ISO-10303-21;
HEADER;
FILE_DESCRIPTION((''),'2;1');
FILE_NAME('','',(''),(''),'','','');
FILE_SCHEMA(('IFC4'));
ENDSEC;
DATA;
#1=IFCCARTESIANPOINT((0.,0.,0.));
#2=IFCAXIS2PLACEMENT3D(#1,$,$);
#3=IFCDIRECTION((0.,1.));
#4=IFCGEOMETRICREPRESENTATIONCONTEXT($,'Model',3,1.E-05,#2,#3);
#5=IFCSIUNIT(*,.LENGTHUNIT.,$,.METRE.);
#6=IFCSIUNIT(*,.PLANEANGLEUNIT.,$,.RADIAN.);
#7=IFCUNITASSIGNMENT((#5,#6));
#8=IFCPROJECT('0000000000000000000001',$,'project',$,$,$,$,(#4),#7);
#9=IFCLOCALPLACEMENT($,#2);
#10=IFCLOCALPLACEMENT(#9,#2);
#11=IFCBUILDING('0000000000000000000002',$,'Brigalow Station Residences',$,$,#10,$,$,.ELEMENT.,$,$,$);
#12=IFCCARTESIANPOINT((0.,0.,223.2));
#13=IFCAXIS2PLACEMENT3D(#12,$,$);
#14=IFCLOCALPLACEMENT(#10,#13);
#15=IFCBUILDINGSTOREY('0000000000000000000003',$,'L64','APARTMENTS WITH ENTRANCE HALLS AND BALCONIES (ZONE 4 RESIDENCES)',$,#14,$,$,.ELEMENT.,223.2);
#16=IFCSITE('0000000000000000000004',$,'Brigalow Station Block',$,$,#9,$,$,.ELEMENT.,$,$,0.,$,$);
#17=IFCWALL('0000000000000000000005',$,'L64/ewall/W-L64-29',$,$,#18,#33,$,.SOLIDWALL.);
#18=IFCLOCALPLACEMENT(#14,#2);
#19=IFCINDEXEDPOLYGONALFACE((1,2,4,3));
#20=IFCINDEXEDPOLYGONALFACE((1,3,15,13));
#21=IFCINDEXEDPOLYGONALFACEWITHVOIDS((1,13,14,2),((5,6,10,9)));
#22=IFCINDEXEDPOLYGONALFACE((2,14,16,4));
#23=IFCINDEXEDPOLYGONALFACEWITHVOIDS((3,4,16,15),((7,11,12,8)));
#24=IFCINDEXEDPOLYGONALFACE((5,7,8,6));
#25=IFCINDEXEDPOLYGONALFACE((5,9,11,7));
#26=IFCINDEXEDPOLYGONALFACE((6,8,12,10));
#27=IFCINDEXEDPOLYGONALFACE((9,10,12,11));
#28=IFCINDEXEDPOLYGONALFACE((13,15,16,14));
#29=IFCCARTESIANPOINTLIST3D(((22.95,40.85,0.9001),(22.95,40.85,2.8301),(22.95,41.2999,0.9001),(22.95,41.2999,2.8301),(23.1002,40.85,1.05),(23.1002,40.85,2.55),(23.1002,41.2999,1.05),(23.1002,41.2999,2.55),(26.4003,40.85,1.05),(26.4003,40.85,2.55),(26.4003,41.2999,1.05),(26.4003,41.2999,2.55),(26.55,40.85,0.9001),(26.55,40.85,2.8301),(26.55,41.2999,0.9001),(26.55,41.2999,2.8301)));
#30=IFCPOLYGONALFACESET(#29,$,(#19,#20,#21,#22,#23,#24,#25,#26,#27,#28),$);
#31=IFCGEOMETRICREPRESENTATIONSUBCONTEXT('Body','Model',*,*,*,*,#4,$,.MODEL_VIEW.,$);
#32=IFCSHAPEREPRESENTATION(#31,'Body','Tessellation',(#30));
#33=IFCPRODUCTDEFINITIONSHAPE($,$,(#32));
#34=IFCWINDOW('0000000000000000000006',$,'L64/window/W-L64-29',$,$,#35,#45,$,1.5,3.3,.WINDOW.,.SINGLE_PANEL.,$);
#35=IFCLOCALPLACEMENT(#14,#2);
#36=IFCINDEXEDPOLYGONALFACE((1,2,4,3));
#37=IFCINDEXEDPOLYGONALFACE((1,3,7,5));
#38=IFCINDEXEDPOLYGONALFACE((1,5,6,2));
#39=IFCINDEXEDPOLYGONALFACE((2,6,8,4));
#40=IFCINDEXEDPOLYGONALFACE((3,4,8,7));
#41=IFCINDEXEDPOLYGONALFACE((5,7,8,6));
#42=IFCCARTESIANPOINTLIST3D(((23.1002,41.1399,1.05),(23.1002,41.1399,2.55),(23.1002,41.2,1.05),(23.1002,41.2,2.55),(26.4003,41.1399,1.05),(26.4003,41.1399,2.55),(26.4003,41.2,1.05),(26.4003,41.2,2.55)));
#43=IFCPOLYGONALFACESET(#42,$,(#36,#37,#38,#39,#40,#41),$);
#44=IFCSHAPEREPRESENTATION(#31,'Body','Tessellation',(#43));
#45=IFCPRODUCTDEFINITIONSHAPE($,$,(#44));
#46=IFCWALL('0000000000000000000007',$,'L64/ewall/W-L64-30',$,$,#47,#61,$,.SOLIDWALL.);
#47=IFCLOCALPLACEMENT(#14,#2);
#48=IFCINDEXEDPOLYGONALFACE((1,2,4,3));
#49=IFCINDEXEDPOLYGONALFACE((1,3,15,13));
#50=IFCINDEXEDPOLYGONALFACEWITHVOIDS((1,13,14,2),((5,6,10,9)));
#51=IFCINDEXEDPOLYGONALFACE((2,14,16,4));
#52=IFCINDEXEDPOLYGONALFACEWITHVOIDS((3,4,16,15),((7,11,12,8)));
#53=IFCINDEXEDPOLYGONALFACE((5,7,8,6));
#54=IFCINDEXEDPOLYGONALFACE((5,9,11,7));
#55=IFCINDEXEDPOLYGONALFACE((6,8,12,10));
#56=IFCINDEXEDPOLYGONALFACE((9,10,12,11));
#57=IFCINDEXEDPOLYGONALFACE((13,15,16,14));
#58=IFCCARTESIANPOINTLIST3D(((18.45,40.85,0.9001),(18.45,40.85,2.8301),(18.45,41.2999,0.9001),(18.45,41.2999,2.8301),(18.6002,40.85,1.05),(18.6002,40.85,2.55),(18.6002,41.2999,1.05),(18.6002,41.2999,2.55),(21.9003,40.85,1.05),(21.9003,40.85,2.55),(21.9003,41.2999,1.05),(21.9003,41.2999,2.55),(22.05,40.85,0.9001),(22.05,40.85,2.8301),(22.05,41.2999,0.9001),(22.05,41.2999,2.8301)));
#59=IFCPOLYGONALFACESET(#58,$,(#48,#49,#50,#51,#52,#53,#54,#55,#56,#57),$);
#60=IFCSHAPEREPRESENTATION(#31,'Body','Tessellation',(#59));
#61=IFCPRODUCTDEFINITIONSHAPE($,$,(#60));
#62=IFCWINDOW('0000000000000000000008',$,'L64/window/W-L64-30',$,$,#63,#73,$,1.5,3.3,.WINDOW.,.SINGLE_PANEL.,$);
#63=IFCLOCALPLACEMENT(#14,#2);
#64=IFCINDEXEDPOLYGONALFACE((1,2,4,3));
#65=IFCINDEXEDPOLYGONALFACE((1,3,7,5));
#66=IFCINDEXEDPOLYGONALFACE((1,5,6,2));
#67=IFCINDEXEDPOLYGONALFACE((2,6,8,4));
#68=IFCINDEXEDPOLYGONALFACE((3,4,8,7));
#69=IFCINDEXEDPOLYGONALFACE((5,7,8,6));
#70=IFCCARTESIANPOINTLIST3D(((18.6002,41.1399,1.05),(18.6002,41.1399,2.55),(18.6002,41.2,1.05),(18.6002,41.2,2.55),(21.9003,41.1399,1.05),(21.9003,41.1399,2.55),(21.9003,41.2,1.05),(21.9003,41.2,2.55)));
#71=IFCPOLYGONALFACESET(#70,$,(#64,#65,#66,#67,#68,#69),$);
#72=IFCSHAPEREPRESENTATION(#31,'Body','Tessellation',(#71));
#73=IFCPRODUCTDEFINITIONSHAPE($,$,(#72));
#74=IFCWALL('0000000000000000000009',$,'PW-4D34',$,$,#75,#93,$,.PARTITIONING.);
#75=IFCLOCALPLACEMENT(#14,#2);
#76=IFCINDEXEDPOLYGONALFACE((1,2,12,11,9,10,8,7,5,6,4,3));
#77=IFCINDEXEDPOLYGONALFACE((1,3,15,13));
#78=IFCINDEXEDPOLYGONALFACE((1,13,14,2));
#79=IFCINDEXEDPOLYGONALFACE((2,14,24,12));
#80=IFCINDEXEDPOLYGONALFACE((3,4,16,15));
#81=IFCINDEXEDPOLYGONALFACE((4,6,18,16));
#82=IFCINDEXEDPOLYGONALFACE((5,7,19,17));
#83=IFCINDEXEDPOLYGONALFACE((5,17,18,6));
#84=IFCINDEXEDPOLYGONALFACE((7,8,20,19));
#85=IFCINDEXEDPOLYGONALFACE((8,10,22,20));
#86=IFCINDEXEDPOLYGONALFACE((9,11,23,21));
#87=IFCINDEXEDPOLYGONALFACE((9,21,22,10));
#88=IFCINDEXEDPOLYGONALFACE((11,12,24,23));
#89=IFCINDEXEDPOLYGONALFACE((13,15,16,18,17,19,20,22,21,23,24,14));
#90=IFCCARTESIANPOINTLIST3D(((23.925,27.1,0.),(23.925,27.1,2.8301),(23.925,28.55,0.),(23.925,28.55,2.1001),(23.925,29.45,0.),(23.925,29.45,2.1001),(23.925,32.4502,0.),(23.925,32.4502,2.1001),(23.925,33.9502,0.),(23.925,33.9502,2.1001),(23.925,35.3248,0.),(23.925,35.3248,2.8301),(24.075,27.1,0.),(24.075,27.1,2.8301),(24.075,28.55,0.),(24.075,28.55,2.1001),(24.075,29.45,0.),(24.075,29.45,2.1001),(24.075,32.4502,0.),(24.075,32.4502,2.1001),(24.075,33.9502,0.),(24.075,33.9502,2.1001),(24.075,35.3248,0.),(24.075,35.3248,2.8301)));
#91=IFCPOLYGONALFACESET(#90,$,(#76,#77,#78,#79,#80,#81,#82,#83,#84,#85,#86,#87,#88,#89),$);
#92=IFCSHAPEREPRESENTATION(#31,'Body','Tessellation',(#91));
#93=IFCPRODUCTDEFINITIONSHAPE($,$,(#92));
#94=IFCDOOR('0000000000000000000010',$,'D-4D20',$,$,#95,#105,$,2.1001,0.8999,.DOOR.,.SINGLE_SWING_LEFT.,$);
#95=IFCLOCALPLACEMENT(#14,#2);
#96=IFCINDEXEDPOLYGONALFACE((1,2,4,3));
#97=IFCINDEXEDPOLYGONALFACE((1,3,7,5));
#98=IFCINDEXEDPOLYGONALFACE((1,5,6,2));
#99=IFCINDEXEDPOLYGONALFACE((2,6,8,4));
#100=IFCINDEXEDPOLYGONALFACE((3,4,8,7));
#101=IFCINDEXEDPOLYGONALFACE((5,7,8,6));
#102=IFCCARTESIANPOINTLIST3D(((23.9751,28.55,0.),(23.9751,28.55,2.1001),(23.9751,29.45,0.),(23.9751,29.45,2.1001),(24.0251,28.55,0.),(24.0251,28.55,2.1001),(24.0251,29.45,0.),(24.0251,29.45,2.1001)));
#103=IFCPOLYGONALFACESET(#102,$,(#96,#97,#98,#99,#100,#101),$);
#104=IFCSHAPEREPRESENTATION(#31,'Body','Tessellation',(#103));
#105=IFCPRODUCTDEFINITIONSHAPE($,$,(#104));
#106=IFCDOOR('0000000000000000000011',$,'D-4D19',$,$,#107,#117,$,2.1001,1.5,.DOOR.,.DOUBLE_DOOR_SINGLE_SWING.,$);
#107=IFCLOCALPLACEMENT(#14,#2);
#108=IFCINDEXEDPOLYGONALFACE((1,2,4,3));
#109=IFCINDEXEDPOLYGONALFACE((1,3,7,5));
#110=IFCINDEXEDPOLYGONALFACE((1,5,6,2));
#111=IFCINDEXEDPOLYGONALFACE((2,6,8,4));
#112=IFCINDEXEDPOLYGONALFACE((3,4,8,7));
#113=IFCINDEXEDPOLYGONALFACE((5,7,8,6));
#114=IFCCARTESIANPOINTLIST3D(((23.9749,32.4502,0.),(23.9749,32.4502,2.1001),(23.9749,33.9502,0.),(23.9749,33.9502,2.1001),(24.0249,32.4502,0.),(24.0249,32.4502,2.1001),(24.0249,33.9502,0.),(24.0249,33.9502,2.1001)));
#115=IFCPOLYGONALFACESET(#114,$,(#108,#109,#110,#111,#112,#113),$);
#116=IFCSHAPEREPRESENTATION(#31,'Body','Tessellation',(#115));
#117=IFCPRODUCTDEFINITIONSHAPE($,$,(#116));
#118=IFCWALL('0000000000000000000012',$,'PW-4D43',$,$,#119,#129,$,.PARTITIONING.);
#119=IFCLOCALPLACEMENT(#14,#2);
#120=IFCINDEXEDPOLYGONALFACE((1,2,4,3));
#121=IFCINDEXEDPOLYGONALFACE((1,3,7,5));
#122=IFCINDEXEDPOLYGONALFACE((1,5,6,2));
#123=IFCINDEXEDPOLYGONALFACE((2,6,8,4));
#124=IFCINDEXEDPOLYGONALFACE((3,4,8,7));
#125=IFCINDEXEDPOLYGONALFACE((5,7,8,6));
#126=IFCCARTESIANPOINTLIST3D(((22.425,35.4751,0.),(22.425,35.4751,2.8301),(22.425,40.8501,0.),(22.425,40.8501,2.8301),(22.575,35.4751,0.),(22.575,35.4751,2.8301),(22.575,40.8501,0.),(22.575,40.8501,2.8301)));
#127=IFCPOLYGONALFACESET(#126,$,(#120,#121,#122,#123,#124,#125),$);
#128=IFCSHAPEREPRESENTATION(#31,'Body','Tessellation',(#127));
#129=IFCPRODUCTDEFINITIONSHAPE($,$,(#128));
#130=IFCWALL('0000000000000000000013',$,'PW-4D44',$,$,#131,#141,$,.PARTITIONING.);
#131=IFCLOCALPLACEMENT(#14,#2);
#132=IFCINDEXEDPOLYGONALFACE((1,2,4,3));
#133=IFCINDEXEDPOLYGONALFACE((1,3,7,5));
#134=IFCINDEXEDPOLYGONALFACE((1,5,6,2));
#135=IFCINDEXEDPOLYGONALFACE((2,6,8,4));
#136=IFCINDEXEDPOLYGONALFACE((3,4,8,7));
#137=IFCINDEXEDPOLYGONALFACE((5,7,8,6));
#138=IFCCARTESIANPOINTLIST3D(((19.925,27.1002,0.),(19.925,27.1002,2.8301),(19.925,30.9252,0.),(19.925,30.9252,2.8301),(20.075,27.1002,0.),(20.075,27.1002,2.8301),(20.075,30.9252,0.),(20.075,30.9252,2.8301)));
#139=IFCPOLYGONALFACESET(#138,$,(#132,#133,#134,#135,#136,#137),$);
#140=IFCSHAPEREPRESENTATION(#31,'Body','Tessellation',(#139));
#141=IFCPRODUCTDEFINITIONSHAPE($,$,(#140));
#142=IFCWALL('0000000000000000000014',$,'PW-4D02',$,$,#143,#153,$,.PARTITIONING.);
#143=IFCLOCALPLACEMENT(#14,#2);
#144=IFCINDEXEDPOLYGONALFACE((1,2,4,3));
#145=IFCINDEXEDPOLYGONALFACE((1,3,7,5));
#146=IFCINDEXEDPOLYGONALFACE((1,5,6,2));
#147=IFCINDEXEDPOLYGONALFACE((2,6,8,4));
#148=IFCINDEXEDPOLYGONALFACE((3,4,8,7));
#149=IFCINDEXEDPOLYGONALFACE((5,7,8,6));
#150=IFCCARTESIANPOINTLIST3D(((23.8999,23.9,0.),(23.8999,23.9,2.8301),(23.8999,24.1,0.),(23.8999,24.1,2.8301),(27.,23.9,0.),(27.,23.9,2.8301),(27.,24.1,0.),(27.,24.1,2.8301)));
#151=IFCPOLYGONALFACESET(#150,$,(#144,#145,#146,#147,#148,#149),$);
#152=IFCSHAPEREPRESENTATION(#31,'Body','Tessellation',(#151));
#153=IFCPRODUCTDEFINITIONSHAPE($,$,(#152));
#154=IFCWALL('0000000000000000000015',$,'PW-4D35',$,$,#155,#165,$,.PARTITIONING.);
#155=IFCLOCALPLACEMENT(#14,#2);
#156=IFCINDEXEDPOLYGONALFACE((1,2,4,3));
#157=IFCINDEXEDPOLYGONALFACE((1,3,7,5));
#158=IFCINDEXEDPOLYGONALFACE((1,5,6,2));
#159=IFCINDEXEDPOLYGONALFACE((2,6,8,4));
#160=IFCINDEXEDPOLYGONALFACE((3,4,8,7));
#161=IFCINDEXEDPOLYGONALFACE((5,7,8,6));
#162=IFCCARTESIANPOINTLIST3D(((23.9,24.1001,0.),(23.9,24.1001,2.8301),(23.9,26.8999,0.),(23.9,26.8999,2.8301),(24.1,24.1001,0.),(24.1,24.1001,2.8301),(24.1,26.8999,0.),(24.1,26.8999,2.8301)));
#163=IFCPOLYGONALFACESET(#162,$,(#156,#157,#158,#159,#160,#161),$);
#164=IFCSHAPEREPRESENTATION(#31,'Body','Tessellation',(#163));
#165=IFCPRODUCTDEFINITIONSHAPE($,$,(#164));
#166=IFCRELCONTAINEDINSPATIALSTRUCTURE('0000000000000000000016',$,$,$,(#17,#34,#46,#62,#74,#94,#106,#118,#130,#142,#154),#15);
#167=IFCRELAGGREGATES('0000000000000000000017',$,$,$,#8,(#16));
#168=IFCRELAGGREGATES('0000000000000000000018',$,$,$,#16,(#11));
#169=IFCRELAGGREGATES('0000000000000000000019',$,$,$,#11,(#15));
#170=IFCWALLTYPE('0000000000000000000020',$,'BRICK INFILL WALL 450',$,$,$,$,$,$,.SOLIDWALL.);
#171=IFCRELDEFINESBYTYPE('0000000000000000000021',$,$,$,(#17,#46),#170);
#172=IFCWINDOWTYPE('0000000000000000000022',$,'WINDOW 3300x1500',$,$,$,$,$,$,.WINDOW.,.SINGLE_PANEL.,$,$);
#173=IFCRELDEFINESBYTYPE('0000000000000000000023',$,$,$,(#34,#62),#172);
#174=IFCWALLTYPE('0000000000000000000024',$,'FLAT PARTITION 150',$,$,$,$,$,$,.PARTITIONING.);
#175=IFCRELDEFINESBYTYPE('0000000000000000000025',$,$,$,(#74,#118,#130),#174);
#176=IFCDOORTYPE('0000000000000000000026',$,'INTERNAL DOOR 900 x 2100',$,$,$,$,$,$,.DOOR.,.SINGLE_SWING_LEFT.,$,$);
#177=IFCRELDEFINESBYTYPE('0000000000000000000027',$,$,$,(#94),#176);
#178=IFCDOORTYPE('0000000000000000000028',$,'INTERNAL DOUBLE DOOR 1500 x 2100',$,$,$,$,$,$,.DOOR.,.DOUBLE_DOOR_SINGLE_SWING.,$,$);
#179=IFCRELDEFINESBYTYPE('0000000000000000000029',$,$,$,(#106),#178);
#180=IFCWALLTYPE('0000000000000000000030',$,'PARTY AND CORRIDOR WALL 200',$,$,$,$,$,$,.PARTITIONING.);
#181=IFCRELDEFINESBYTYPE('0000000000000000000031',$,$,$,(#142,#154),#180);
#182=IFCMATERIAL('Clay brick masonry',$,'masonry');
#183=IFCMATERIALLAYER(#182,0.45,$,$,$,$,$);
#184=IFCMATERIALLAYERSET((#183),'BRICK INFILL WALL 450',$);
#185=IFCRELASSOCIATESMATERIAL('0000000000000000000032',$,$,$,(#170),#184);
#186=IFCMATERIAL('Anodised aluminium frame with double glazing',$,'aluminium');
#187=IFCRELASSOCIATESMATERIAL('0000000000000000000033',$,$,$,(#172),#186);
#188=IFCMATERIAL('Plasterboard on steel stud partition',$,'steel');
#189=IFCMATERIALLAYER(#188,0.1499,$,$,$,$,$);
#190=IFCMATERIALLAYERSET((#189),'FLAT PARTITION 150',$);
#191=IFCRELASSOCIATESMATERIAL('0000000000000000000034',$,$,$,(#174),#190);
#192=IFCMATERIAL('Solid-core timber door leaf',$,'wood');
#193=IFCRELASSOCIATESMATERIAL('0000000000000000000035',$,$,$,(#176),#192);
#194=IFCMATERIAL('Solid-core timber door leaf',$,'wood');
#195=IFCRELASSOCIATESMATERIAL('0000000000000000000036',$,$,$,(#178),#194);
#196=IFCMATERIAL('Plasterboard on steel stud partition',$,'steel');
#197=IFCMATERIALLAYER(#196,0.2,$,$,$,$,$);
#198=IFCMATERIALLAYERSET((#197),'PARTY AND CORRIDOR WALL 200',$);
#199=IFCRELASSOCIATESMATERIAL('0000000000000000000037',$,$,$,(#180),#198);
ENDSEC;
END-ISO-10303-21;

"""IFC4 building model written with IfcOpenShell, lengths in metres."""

from ifc_helpers import new_model, si_unit, direction, frame, frame_2d, origin, place, context, subcontext, project, spatial, rectangle, extrude, material, layer, layer_set, type_object, element, fill, save


model = new_model("IFC4")

# Units and contexts
model_context = context("Model", 3, precision=1e-05, world=origin(), true_north=direction((0.0, 1.0)))
body_context = subcontext(model_context, "Body", "Model", "MODEL_VIEW")
ifc_project = project(units=[si_unit("LENGTHUNIT", "METRE"), si_unit("PLANEANGLEUNIT", "RADIAN")], contexts=[model_context])

# Site, building, storey
site_placement = place(None, origin())
site = spatial("IfcSite", under=ifc_project, at=site_placement, Name="Brigalow Station Block", CompositionType="ELEMENT", RefElevation=0.0)
building_placement = place(site_placement, origin())
building = spatial("IfcBuilding", under=site, at=building_placement, Name="Brigalow Station Residences", CompositionType="ELEMENT")
storey_placement = place(building_placement, frame((0.0, 0.0, 223.2)))
storey = spatial("IfcBuildingStorey", under=building, at=storey_placement, Name="L64", Description="APARTMENTS WITH ENTRANCE HALLS AND BALCONIES (ZONE 4 RESIDENCES)", CompositionType="ELEMENT", Elevation=223.2)

# Walls, openings, windows
ifc_material_1 = material(Name="Clay brick masonry", Category="masonry")
ifc_layer_1 = layer(ifc_material_1, 0.45)
ifc_layer_set_1 = layer_set([ifc_layer_1], Name="BRICK INFILL WALL 450")
wall_type_1 = type_object("IfcWallType", Name="BRICK INFILL WALL 450", PredefinedType="SOLIDWALL", material=ifc_layer_set_1)
wall_1_placement = place(storey_placement, frame((26.55, 41.075, 0.9001), z_axis=(0.0, 0.0, 1.0), x_axis=(-1.0, 0.0, 0.0)))
wall_1 = element("IfcWall", 1, at=wall_1_placement, inside=storey, type_object=wall_type_1, Name="L64/ewall/W-L64-29", PredefinedType="SOLIDWALL", context=body_context, shape_type="SweptSolid", body=[
    extrude(rectangle(XDim=3.6001, YDim=0.45, at=frame_2d((1.8, 0.0))), origin(), (0.0, 0.0, 1.0), 1.9299),
])
opening_1_placement = place(wall_1_placement, frame((0.1499, 0.0, 0.1499)))
opening_1 = element("IfcOpeningElement", 2, at=opening_1_placement, cuts=wall_1, PredefinedType="OPENING", context=body_context, shape_type="SweptSolid", body=[
    extrude(rectangle(XDim=3.3, YDim=1.5, at=frame_2d((1.6499, 0.75))), frame((0.0, 0.2349, 0.0), z_axis=(0.0, -1.0, 0.0), x_axis=(1.0, 0.0, 0.0)), (0.0, 0.0, 1.0), 0.47),
])
ifc_material_2 = material(Name="Anodised aluminium frame with double glazing", Category="aluminium")
window_type = type_object("IfcWindowType", Name="WINDOW 3300x1500", PartitioningType="SINGLE_PANEL", PredefinedType="WINDOW", material=ifc_material_2)
window_1_placement = place(opening_1_placement, origin())
window_1 = element("IfcWindow", 3, at=window_1_placement, inside=storey, type_object=window_type, Name="L64/window/W-L64-29", OverallHeight=1.5, OverallWidth=3.3, PartitioningType="SINGLE_PANEL", PredefinedType="WINDOW", context=body_context, shape_type="SweptSolid", body=[
    extrude(rectangle(XDim=3.3, YDim=1.5, at=frame_2d((1.6499, 0.75))), frame((0.0, -0.0649, 0.0), z_axis=(0.0, -1.0, 0.0), x_axis=(1.0, 0.0, 0.0)), (0.0, 0.0, 1.0), 0.0601),
])
fill(opening_1, window_1)
wall_2_placement = place(storey_placement, frame((22.05, 41.075, 0.9001), z_axis=(0.0, 0.0, 1.0), x_axis=(-1.0, 0.0, 0.0)))
wall_2 = element("IfcWall", 4, at=wall_2_placement, inside=storey, type_object=wall_type_1, Name="L64/ewall/W-L64-30", PredefinedType="SOLIDWALL", context=body_context, shape_type="SweptSolid", body=[
    extrude(rectangle(XDim=3.6001, YDim=0.45, at=frame_2d((1.8, 0.0))), origin(), (0.0, 0.0, 1.0), 1.9299),
])
opening_2_placement = place(wall_2_placement, frame((0.1499, 0.0, 0.1499)))
opening_2 = element("IfcOpeningElement", 5, at=opening_2_placement, cuts=wall_2, PredefinedType="OPENING", context=body_context, shape_type="SweptSolid", body=[
    extrude(rectangle(XDim=3.3, YDim=1.5, at=frame_2d((1.6499, 0.75))), frame((0.0, 0.2349, 0.0), z_axis=(0.0, -1.0, 0.0), x_axis=(1.0, 0.0, 0.0)), (0.0, 0.0, 1.0), 0.47),
])
window_2_placement = place(opening_2_placement, origin())
window_2 = element("IfcWindow", 6, at=window_2_placement, inside=storey, type_object=window_type, Name="L64/window/W-L64-30", OverallHeight=1.5, OverallWidth=3.3, PartitioningType="SINGLE_PANEL", PredefinedType="WINDOW", context=body_context, shape_type="SweptSolid", body=[
    extrude(rectangle(XDim=3.3, YDim=1.5, at=frame_2d((1.6499, 0.75))), frame((0.0, -0.0649, 0.0), z_axis=(0.0, -1.0, 0.0), x_axis=(1.0, 0.0, 0.0)), (0.0, 0.0, 1.0), 0.0601),
])
fill(opening_2, window_2)

# Wall, openings, doors
ifc_material_3 = material(Name="Plasterboard on steel stud partition", Category="steel")
ifc_layer_2 = layer(ifc_material_3, 0.1499)
ifc_layer_set_2 = layer_set([ifc_layer_2], Name="FLAT PARTITION 150")
wall_type_2 = type_object("IfcWallType", Name="FLAT PARTITION 150", PredefinedType="PARTITIONING", material=ifc_layer_set_2)
wall_3_placement = place(storey_placement, frame((24.0, 27.1001, 0.0), z_axis=(0.0, 0.0, 1.0), x_axis=(0.0, 1.0, 0.0)))
wall_3 = element("IfcWall", 7, at=wall_3_placement, inside=storey, type_object=wall_type_2, Name="PW-4D34", PredefinedType="PARTITIONING", context=body_context, shape_type="SweptSolid", body=[
    extrude(rectangle(XDim=8.2249, YDim=0.1499, at=frame_2d((4.1123, 0.0))), origin(), (0.0, 0.0, 1.0), 2.8301),
])
opening_3_placement = place(wall_3_placement, frame((5.3501, 0.0, 0.0)))
opening_3 = element("IfcOpeningElement", 8, at=opening_3_placement, cuts=wall_3, PredefinedType="OPENING", context=body_context, shape_type="SweptSolid", body=[
    extrude(rectangle(XDim=1.5, YDim=2.1001, at=frame_2d((0.75, 1.05))), frame((0.0, 0.085, 0.0), z_axis=(0.0, -1.0, 0.0), x_axis=(1.0, 0.0, 0.0)), (0.0, 0.0, 1.0), 0.1699),
])
opening_4_placement = place(wall_3_placement, frame((1.45, 0.0, 0.0)))
opening_4 = element("IfcOpeningElement", 9, at=opening_4_placement, cuts=wall_3, PredefinedType="OPENING", context=body_context, shape_type="SweptSolid", body=[
    extrude(rectangle(XDim=0.8999, YDim=2.1001, at=frame_2d((0.45, 1.05))), frame((0.0, 0.085, 0.0), z_axis=(0.0, -1.0, 0.0), x_axis=(1.0, 0.0, 0.0)), (0.0, 0.0, 1.0), 0.1699),
])
ifc_material_4 = material(Name="Solid-core timber door leaf", Category="wood")
door_type_1 = type_object("IfcDoorType", Name="INTERNAL DOOR 900 x 2100", OperationType="SINGLE_SWING_LEFT", PredefinedType="DOOR", material=ifc_material_4)
door_1_placement = place(opening_4_placement, origin())
door_1 = element("IfcDoor", 10, at=door_1_placement, inside=storey, type_object=door_type_1, Name="D-4D20", OperationType="SINGLE_SWING_LEFT", OverallHeight=2.1001, OverallWidth=0.8999, PredefinedType="DOOR", context=body_context, shape_type="SweptSolid", body=[
    extrude(rectangle(XDim=0.8999, YDim=2.1001, at=frame_2d((0.45, 1.05))), frame((0.0, 0.0249, 0.0), z_axis=(0.0, -1.0, 0.0), x_axis=(1.0, 0.0, 0.0)), (0.0, 0.0, 1.0), 0.05),
])
fill(opening_4, door_1)
ifc_material_5 = material(Name="Solid-core timber door leaf", Category="wood")
door_type_2 = type_object("IfcDoorType", Name="INTERNAL DOUBLE DOOR 1500 x 2100", OperationType="DOUBLE_DOOR_SINGLE_SWING", PredefinedType="DOOR", material=ifc_material_5)
door_2_placement = place(opening_3_placement, frame((1.5, 0.0, 0.0), z_axis=(0.0, 0.0, 1.0), x_axis=(-1.0, 0.0, 0.0)))
door_2 = element("IfcDoor", 11, at=door_2_placement, inside=storey, type_object=door_type_2, Name="D-4D19", OperationType="DOUBLE_DOOR_SINGLE_SWING", OverallHeight=2.1001, OverallWidth=1.5, PredefinedType="DOOR", context=body_context, shape_type="SweptSolid", body=[
    extrude(rectangle(XDim=1.5, YDim=2.1001, at=frame_2d((0.75, 1.05))), frame((0.0, 0.0249, 0.0), z_axis=(0.0, -1.0, 0.0), x_axis=(1.0, 0.0, 0.0)), (0.0, 0.0, 1.0), 0.05),
])
fill(opening_3, door_2)

# Walls
wall_4_placement = place(storey_placement, frame((22.5, 35.4751, 0.0), z_axis=(0.0, 0.0, 1.0), x_axis=(0.0, 1.0, 0.0)))
element("IfcWall", 12, at=wall_4_placement, inside=storey, type_object=wall_type_2, Name="PW-4D43", PredefinedType="PARTITIONING", context=body_context, shape_type="SweptSolid", body=[
    extrude(rectangle(XDim=5.375, YDim=0.1499, at=frame_2d((2.6875, 0.0))), origin(), (0.0, 0.0, 1.0), 2.8301),
])
wall_5_placement = place(storey_placement, frame((20.0, 27.1001, 0.0), z_axis=(0.0, 0.0, 1.0), x_axis=(0.0, 1.0, 0.0)))
element("IfcWall", 13, at=wall_5_placement, inside=storey, type_object=wall_type_2, Name="PW-4D44", PredefinedType="PARTITIONING", context=body_context, shape_type="SweptSolid", body=[
    extrude(rectangle(XDim=3.825, YDim=0.1499, at=frame_2d((1.9126, 0.0))), origin(), (0.0, 0.0, 1.0), 2.8301),
])
ifc_material_6 = material(Name="Plasterboard on steel stud partition", Category="steel")
ifc_layer_3 = layer(ifc_material_6, 0.2)
ifc_layer_set_3 = layer_set([ifc_layer_3], Name="PARTY AND CORRIDOR WALL 200")
wall_type_3 = type_object("IfcWallType", Name="PARTY AND CORRIDOR WALL 200", PredefinedType="PARTITIONING", material=ifc_layer_set_3)
wall_6_placement = place(storey_placement, frame((23.8999, 24.0, 0.0), z_axis=(0.0, 0.0, 1.0), x_axis=(1.0, 0.0, 0.0)))
element("IfcWall", 14, at=wall_6_placement, inside=storey, type_object=wall_type_3, Name="PW-4D02", PredefinedType="PARTITIONING", context=body_context, shape_type="SweptSolid", body=[
    extrude(rectangle(XDim=3.1001, YDim=0.2, at=frame_2d((1.55, 0.0))), origin(), (0.0, 0.0, 1.0), 2.8301),
])
wall_7_placement = place(storey_placement, frame((24.0, 24.1001, 0.0), z_axis=(0.0, 0.0, 1.0), x_axis=(0.0, 1.0, 0.0)))
element("IfcWall", 15, at=wall_7_placement, inside=storey, type_object=wall_type_3, Name="PW-4D35", PredefinedType="PARTITIONING", context=body_context, shape_type="SweptSolid", body=[
    extrude(rectangle(XDim=2.7998, YDim=0.2, at=frame_2d((1.3999, 0.0))), origin(), (0.0, 0.0, 1.0), 2.8301),
])

save(model, "model.ifc")
